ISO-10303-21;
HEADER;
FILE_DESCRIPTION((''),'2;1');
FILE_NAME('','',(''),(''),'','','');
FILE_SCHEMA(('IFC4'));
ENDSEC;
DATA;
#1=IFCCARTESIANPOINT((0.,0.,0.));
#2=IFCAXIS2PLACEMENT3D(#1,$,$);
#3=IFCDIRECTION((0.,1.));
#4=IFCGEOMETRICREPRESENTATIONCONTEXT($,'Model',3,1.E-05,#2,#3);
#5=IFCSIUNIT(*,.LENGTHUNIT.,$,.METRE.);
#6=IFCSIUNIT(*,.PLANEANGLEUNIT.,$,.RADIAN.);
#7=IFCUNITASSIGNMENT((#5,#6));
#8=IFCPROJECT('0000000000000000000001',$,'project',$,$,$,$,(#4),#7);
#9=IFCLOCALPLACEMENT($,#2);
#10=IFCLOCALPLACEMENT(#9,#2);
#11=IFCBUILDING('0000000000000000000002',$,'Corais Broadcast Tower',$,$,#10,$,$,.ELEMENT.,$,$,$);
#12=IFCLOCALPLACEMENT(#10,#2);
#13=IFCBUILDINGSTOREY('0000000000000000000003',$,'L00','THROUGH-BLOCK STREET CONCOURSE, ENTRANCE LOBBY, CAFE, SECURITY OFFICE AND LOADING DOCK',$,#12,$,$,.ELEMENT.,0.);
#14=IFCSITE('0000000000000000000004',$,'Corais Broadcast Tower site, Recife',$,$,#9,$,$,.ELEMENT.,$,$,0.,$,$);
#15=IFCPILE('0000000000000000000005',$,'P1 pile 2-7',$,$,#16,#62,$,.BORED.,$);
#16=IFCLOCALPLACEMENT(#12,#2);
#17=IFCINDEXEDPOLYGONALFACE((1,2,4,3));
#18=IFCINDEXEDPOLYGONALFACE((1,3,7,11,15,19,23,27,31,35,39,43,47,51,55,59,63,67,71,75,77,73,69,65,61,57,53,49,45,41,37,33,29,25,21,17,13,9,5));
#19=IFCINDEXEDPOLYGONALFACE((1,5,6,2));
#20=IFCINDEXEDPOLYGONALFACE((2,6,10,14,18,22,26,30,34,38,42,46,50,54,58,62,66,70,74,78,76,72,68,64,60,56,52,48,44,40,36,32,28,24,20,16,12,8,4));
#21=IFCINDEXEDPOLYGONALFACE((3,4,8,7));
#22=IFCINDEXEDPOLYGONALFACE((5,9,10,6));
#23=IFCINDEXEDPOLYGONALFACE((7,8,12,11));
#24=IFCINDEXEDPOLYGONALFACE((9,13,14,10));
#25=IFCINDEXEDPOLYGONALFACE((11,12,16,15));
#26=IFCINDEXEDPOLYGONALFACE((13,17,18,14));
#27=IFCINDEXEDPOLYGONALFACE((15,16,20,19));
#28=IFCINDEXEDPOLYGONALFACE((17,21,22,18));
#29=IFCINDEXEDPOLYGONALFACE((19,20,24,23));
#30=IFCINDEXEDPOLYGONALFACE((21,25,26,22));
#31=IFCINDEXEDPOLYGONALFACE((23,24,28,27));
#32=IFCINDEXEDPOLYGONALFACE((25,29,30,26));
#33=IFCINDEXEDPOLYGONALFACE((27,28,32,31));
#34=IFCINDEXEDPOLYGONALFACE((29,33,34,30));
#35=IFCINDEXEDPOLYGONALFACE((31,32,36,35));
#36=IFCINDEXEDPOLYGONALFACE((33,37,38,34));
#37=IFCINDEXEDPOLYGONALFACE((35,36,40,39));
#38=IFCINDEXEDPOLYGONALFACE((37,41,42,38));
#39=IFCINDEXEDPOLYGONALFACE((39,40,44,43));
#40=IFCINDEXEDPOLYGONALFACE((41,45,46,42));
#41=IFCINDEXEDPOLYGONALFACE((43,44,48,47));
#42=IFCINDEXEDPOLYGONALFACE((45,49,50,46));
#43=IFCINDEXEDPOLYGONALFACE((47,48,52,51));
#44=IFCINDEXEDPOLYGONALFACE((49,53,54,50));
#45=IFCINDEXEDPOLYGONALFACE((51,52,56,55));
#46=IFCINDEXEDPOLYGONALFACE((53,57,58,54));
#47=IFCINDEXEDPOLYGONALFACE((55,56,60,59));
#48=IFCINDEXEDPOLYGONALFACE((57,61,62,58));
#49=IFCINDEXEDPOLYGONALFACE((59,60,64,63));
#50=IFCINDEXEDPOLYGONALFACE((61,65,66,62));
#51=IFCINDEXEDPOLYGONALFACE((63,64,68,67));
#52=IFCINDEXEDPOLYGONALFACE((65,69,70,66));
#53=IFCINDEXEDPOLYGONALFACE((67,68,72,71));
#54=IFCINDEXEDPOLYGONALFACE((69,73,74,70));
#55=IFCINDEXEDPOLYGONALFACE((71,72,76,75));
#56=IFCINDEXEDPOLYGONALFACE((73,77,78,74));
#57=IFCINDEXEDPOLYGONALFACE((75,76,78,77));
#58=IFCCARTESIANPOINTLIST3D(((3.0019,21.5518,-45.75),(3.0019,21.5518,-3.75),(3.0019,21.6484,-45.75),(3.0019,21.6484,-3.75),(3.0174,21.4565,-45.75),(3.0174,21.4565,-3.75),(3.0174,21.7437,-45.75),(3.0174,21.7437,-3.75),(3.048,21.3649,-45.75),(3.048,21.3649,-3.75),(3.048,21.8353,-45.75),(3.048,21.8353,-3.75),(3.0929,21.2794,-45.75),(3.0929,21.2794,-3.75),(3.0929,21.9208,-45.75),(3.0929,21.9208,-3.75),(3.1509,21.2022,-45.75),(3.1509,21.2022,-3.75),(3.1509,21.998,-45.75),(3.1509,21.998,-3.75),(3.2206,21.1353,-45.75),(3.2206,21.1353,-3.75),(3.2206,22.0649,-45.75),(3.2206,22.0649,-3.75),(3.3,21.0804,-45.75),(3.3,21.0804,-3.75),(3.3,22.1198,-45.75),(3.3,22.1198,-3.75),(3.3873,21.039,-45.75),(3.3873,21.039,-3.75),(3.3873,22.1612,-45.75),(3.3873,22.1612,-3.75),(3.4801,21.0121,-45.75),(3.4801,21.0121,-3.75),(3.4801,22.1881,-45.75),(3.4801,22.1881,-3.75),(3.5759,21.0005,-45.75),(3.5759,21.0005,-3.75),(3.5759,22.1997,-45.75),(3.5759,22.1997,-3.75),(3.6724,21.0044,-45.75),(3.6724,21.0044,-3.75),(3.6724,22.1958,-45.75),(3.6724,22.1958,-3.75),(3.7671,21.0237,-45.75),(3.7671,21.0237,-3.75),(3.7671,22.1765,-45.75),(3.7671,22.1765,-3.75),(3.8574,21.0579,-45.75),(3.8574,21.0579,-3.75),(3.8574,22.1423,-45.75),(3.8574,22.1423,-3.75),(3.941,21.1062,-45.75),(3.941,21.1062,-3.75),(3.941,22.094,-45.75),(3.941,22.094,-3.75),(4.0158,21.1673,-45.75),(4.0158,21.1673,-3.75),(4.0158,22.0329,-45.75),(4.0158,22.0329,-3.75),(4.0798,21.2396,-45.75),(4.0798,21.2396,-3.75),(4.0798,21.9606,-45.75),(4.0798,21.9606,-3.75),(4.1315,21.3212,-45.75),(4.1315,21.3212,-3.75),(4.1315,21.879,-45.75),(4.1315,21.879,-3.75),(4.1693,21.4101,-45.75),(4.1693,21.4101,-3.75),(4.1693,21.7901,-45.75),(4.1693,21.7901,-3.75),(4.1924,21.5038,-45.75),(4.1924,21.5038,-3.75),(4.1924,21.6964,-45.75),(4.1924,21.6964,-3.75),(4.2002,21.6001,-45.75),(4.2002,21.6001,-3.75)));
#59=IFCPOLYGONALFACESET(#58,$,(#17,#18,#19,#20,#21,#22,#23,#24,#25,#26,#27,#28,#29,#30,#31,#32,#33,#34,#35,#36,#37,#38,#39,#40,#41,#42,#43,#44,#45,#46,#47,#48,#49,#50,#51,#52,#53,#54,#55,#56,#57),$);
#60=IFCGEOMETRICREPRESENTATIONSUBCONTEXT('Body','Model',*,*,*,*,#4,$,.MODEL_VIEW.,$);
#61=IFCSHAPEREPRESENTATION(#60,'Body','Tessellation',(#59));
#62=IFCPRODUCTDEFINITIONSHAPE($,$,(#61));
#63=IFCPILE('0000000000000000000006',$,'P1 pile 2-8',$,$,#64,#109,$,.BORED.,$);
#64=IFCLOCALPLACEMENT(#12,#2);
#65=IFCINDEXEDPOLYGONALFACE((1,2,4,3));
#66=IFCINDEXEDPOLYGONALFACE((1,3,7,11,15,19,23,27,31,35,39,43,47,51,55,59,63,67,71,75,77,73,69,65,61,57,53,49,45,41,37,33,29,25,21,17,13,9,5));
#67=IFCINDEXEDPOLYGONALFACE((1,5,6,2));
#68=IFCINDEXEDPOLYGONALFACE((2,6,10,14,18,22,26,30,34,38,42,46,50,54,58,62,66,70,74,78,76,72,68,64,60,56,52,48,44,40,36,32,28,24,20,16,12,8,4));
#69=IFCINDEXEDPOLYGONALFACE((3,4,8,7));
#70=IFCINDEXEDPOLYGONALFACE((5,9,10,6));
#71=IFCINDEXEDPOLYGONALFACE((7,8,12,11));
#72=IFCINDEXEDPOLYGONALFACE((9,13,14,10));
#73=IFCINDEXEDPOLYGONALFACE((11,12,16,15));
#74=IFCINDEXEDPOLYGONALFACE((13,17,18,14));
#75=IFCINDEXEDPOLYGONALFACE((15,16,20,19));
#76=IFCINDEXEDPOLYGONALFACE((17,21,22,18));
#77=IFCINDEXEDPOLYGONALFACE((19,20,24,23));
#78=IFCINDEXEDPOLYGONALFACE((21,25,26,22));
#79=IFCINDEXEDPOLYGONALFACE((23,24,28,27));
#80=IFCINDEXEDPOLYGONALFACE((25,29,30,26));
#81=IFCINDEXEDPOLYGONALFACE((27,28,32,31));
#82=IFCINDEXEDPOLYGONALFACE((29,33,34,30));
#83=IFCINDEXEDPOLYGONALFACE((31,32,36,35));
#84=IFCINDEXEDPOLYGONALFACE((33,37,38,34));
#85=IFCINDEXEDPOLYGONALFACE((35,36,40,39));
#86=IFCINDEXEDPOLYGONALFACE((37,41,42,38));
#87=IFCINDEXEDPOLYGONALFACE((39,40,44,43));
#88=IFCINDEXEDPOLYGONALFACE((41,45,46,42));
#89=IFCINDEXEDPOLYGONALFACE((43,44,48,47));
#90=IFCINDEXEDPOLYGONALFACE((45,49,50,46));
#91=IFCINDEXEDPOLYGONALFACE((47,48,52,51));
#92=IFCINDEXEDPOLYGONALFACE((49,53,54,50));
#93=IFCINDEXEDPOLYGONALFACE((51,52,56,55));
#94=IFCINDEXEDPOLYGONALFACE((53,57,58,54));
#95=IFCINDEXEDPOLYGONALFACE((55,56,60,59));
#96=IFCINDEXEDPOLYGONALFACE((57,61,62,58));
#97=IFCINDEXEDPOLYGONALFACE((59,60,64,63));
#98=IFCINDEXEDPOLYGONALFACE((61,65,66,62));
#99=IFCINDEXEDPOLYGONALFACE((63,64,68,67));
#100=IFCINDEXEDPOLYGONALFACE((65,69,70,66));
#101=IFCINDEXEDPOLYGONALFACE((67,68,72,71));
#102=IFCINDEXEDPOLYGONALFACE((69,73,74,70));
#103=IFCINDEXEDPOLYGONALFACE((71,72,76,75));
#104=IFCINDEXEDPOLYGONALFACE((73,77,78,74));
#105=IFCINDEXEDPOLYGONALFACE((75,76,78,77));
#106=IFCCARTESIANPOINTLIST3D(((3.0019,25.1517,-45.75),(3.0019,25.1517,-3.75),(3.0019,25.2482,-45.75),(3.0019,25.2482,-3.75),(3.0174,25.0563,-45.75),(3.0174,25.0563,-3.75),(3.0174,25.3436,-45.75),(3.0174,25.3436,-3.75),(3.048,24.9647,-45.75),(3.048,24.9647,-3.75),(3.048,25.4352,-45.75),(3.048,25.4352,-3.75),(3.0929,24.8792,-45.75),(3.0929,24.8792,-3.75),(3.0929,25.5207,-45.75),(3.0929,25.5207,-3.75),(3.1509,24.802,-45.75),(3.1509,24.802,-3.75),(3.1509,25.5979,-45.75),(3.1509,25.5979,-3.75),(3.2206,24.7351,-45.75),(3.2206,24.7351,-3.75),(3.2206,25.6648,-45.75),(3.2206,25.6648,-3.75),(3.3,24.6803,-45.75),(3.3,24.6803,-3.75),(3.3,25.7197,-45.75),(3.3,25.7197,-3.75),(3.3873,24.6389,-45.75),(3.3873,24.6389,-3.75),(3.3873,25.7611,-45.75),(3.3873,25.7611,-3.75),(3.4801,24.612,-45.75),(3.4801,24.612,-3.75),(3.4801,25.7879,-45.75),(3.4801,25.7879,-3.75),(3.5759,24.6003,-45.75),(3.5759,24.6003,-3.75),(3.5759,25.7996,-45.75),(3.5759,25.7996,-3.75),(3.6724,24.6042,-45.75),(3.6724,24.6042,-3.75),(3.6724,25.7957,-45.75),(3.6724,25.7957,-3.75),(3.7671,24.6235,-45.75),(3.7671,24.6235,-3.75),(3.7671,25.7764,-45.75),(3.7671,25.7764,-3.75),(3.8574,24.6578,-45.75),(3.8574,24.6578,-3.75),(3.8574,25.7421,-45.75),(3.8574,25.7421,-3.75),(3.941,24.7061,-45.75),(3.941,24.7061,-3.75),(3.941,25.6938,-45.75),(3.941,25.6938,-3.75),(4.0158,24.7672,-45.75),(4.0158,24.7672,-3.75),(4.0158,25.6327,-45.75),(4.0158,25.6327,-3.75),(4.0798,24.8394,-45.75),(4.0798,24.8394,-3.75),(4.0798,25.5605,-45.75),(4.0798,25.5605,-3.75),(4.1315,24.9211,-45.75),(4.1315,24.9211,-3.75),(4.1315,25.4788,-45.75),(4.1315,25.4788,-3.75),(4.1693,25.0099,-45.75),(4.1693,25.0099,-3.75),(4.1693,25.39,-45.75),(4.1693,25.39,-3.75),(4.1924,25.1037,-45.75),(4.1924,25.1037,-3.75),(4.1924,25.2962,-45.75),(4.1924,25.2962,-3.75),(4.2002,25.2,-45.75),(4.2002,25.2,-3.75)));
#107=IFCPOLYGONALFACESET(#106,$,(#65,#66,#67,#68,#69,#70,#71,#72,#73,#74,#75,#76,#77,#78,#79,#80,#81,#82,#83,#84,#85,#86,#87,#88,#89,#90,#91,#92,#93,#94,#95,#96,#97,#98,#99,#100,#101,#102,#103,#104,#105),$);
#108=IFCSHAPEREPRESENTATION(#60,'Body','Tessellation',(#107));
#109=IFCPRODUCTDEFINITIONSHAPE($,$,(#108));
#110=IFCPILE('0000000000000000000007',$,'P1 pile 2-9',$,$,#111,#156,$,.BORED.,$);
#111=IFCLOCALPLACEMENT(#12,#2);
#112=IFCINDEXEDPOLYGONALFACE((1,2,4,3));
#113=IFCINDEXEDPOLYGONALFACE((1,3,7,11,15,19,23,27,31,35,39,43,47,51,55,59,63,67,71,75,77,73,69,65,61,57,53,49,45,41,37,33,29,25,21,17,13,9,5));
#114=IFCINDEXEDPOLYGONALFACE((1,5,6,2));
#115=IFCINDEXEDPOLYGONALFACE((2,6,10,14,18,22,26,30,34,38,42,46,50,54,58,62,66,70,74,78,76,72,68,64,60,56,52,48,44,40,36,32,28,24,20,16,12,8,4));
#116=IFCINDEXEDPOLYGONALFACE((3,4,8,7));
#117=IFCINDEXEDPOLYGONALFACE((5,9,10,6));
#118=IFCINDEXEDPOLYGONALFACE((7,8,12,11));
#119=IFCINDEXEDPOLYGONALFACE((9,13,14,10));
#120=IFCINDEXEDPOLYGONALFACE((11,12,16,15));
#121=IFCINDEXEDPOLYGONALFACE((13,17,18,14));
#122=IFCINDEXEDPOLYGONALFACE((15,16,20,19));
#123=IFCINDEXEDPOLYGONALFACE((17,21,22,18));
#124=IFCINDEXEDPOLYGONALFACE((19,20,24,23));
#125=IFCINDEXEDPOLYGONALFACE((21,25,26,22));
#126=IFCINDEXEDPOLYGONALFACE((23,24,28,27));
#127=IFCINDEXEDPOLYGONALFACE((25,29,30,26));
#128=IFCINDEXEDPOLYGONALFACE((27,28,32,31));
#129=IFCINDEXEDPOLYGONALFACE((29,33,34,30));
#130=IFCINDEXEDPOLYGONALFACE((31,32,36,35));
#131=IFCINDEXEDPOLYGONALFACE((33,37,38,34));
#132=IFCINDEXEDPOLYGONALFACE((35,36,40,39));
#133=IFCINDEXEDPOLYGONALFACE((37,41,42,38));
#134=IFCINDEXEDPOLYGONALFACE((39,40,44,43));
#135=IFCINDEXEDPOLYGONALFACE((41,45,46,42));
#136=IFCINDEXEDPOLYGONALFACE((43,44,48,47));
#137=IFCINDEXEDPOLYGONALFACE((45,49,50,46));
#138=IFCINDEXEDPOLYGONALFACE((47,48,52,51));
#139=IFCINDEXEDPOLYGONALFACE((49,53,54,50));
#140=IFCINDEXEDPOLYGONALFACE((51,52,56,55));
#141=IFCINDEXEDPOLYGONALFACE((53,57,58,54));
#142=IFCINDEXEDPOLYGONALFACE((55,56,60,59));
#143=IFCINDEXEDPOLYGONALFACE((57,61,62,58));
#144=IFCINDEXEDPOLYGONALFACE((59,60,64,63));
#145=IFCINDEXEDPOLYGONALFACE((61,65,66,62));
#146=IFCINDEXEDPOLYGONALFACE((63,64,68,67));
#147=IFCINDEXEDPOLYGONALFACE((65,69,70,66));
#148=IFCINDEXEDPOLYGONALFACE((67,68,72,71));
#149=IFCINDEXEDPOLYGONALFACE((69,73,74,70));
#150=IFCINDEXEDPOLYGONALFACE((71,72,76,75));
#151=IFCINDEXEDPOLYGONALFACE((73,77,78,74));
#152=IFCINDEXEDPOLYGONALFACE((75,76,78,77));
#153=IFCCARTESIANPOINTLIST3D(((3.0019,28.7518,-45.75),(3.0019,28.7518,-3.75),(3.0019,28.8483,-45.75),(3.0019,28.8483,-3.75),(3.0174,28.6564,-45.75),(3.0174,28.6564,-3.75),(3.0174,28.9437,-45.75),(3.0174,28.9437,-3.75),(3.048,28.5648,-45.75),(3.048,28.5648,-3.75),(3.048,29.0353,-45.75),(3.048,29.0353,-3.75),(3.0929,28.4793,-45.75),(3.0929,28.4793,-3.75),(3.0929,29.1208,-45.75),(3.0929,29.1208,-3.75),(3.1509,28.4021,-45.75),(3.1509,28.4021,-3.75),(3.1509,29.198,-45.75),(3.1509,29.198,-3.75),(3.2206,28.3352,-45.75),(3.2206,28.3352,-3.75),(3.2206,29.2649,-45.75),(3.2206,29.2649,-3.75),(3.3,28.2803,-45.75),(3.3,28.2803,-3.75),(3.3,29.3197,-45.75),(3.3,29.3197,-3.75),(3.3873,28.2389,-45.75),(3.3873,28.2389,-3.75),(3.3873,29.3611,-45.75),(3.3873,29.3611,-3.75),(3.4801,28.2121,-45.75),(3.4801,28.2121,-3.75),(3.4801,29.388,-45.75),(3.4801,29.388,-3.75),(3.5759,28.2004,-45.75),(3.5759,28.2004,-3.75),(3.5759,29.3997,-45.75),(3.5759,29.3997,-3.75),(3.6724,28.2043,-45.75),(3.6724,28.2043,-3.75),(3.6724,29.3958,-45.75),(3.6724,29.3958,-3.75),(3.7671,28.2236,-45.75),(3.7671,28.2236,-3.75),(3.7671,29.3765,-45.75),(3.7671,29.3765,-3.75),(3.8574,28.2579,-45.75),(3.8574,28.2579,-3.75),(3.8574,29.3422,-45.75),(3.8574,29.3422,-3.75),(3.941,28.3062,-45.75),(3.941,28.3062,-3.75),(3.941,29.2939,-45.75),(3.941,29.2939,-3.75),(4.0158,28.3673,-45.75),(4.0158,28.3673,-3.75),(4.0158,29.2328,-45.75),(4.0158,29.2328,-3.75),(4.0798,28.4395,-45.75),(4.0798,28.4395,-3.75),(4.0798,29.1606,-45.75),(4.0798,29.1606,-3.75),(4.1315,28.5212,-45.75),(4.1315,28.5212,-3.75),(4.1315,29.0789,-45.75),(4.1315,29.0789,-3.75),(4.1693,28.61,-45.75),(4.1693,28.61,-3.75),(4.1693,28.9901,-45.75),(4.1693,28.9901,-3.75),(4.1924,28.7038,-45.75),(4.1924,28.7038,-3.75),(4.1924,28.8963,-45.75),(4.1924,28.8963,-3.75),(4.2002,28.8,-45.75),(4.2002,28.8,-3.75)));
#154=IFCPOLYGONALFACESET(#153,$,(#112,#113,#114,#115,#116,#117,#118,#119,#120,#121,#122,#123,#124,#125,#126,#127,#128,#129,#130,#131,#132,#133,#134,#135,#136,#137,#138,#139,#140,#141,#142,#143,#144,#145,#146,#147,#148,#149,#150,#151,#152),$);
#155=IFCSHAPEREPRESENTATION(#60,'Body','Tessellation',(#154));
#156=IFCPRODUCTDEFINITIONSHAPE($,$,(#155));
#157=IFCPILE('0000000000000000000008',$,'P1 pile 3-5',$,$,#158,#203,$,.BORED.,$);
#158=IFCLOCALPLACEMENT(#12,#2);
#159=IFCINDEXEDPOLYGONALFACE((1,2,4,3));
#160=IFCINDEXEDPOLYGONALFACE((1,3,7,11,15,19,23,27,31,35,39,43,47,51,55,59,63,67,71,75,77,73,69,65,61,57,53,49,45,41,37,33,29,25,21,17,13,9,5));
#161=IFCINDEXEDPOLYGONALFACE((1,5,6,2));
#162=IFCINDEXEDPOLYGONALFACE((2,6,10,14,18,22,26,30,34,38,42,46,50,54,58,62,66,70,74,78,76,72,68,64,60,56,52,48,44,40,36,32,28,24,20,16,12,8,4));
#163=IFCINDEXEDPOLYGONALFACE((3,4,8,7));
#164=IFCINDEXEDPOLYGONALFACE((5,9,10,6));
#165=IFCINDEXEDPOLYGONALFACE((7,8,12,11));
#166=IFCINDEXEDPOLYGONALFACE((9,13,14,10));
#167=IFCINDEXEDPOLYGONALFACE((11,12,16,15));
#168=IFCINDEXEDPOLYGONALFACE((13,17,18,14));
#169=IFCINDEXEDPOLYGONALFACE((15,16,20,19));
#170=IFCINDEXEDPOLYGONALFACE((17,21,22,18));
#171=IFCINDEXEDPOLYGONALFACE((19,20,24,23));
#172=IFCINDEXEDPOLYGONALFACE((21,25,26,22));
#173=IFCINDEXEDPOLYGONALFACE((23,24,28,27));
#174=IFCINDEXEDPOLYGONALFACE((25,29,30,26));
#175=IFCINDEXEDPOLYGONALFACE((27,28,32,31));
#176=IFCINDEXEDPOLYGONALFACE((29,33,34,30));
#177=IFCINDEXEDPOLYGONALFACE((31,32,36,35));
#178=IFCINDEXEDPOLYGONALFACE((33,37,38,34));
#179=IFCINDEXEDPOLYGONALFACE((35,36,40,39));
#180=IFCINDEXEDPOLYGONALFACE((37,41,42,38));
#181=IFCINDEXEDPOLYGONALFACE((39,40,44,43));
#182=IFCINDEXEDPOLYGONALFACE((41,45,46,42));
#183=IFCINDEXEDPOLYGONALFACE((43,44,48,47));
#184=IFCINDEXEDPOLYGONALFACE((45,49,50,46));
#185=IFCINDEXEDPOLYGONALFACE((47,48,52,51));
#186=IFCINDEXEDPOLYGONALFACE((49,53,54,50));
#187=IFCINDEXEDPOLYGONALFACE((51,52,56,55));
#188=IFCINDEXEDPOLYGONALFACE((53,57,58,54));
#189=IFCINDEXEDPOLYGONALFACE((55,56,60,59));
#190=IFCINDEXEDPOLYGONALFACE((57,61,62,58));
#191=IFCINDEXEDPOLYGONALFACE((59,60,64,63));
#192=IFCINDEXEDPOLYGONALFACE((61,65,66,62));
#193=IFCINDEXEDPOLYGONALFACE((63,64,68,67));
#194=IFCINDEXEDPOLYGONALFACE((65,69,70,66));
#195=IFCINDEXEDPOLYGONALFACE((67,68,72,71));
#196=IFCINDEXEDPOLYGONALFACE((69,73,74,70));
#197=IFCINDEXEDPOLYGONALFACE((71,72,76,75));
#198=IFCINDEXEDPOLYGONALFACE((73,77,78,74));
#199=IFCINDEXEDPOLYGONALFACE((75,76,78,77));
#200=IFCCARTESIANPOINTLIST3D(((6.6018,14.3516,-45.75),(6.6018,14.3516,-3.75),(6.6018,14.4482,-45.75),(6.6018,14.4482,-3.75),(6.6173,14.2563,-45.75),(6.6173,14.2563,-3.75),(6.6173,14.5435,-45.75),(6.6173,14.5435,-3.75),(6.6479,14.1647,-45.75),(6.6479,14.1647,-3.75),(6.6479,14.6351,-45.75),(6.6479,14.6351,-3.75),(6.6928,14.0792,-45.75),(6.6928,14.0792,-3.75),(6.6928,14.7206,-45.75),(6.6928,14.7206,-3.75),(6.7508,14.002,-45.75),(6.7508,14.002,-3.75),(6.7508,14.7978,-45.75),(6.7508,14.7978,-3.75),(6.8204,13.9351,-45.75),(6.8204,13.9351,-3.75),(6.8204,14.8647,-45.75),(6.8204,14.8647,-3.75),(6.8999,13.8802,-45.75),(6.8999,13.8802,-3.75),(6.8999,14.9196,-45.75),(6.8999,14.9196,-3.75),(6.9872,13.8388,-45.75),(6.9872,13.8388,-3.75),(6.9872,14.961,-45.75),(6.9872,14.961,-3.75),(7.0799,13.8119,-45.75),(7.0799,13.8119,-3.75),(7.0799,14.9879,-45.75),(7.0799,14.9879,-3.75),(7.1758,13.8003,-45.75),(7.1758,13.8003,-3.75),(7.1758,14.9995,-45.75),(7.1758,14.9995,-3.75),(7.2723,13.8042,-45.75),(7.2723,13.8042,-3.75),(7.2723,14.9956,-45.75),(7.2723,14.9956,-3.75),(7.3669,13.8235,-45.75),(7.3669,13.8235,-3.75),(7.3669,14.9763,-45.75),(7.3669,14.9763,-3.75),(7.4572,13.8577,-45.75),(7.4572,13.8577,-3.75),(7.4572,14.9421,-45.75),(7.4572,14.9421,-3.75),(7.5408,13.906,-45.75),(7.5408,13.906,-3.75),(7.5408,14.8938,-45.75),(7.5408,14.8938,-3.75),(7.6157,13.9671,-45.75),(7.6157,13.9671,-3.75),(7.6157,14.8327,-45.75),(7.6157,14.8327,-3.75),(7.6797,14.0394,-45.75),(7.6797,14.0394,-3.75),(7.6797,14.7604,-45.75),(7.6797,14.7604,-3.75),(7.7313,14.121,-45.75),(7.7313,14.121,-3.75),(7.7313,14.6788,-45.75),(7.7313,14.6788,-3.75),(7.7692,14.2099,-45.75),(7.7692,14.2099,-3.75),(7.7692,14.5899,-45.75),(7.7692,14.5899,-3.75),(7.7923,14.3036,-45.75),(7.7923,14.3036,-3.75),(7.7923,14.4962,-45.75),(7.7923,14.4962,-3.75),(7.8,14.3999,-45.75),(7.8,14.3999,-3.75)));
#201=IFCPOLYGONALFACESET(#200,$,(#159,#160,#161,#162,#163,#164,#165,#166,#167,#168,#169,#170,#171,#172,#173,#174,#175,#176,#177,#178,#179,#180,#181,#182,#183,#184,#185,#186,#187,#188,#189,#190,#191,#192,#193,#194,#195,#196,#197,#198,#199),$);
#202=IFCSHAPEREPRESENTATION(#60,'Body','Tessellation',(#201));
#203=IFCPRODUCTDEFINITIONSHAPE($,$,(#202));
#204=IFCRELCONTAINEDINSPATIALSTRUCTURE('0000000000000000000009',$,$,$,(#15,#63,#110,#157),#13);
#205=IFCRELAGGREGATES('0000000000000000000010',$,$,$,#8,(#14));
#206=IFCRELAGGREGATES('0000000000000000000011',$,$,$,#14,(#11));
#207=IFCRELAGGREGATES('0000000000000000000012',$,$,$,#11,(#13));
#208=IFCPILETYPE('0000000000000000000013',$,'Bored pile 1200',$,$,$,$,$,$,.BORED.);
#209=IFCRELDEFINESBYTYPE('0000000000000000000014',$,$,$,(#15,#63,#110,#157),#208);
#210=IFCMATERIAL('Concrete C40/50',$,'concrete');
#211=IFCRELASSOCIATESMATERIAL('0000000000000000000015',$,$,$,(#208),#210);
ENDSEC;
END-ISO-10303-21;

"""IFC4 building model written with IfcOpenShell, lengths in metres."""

from ifc_helpers import new_model, si_unit, direction, frame, origin, origin_2d, place, context, subcontext, project, spatial, circle, extrude, material, type_object, element, save


model = new_model("IFC4")

# Units and contexts
model_context = context("Model", 3, precision=1e-05, world=origin(), true_north=direction((0.0, 1.0)))
body_context = subcontext(model_context, "Body", "Model", "MODEL_VIEW")
ifc_project = project(units=[si_unit("LENGTHUNIT", "METRE"), si_unit("PLANEANGLEUNIT", "RADIAN")], contexts=[model_context])

# Site, building, storey
site_placement = place(None, origin())
site = spatial("IfcSite", under=ifc_project, at=site_placement, Name="Corais Broadcast Tower site, Recife", CompositionType="ELEMENT", RefElevation=0.0)
building_placement = place(site_placement, origin())
building = spatial("IfcBuilding", under=site, at=building_placement, Name="Corais Broadcast Tower", CompositionType="ELEMENT")
storey_placement = place(building_placement, origin())
storey = spatial("IfcBuildingStorey", under=building, at=storey_placement, Name="L00", Description="THROUGH-BLOCK STREET CONCOURSE, ENTRANCE LOBBY, CAFE, SECURITY OFFICE AND LOADING DOCK", CompositionType="ELEMENT", Elevation=0.0)

# Piles
ifc_material = material(Name="Concrete C40/50", Category="concrete")
pile_type = type_object("IfcPileType", Name="Bored pile 1200", PredefinedType="BORED", material=ifc_material)
for number, where, z_axis, x_axis, name in (
    (1, (3.6001, 21.6001, -3.75), (0.0, 0.0, -1.0), (1.0, 0.0, 0.0), "P1 pile 2-7"),
    (2, (3.6001, 25.2, -3.75), (0.0, 0.0, -1.0), (1.0, 0.0, 0.0), "P1 pile 2-8"),
    (3, (3.6001, 28.8, -3.75), (0.0, 0.0, -1.0), (1.0, 0.0, 0.0), "P1 pile 2-9"),
    (4, (7.2, 14.3999, -3.75), (0.0, 0.0, -1.0), (1.0, 0.0, 0.0), "P1 pile 3-5"),
):
    element("IfcPile", number, at=place(storey_placement, frame(where, z_axis=z_axis, x_axis=x_axis)), inside=storey, type_object=pile_type, Name=name, PredefinedType="BORED", context=body_context, shape_type="SweptSolid", body=[
        extrude(circle(Radius=0.6001, at=origin_2d()), origin(), (0.0, 0.0, 1.0), 42.0),
    ])

save(model, "model.ifc")
